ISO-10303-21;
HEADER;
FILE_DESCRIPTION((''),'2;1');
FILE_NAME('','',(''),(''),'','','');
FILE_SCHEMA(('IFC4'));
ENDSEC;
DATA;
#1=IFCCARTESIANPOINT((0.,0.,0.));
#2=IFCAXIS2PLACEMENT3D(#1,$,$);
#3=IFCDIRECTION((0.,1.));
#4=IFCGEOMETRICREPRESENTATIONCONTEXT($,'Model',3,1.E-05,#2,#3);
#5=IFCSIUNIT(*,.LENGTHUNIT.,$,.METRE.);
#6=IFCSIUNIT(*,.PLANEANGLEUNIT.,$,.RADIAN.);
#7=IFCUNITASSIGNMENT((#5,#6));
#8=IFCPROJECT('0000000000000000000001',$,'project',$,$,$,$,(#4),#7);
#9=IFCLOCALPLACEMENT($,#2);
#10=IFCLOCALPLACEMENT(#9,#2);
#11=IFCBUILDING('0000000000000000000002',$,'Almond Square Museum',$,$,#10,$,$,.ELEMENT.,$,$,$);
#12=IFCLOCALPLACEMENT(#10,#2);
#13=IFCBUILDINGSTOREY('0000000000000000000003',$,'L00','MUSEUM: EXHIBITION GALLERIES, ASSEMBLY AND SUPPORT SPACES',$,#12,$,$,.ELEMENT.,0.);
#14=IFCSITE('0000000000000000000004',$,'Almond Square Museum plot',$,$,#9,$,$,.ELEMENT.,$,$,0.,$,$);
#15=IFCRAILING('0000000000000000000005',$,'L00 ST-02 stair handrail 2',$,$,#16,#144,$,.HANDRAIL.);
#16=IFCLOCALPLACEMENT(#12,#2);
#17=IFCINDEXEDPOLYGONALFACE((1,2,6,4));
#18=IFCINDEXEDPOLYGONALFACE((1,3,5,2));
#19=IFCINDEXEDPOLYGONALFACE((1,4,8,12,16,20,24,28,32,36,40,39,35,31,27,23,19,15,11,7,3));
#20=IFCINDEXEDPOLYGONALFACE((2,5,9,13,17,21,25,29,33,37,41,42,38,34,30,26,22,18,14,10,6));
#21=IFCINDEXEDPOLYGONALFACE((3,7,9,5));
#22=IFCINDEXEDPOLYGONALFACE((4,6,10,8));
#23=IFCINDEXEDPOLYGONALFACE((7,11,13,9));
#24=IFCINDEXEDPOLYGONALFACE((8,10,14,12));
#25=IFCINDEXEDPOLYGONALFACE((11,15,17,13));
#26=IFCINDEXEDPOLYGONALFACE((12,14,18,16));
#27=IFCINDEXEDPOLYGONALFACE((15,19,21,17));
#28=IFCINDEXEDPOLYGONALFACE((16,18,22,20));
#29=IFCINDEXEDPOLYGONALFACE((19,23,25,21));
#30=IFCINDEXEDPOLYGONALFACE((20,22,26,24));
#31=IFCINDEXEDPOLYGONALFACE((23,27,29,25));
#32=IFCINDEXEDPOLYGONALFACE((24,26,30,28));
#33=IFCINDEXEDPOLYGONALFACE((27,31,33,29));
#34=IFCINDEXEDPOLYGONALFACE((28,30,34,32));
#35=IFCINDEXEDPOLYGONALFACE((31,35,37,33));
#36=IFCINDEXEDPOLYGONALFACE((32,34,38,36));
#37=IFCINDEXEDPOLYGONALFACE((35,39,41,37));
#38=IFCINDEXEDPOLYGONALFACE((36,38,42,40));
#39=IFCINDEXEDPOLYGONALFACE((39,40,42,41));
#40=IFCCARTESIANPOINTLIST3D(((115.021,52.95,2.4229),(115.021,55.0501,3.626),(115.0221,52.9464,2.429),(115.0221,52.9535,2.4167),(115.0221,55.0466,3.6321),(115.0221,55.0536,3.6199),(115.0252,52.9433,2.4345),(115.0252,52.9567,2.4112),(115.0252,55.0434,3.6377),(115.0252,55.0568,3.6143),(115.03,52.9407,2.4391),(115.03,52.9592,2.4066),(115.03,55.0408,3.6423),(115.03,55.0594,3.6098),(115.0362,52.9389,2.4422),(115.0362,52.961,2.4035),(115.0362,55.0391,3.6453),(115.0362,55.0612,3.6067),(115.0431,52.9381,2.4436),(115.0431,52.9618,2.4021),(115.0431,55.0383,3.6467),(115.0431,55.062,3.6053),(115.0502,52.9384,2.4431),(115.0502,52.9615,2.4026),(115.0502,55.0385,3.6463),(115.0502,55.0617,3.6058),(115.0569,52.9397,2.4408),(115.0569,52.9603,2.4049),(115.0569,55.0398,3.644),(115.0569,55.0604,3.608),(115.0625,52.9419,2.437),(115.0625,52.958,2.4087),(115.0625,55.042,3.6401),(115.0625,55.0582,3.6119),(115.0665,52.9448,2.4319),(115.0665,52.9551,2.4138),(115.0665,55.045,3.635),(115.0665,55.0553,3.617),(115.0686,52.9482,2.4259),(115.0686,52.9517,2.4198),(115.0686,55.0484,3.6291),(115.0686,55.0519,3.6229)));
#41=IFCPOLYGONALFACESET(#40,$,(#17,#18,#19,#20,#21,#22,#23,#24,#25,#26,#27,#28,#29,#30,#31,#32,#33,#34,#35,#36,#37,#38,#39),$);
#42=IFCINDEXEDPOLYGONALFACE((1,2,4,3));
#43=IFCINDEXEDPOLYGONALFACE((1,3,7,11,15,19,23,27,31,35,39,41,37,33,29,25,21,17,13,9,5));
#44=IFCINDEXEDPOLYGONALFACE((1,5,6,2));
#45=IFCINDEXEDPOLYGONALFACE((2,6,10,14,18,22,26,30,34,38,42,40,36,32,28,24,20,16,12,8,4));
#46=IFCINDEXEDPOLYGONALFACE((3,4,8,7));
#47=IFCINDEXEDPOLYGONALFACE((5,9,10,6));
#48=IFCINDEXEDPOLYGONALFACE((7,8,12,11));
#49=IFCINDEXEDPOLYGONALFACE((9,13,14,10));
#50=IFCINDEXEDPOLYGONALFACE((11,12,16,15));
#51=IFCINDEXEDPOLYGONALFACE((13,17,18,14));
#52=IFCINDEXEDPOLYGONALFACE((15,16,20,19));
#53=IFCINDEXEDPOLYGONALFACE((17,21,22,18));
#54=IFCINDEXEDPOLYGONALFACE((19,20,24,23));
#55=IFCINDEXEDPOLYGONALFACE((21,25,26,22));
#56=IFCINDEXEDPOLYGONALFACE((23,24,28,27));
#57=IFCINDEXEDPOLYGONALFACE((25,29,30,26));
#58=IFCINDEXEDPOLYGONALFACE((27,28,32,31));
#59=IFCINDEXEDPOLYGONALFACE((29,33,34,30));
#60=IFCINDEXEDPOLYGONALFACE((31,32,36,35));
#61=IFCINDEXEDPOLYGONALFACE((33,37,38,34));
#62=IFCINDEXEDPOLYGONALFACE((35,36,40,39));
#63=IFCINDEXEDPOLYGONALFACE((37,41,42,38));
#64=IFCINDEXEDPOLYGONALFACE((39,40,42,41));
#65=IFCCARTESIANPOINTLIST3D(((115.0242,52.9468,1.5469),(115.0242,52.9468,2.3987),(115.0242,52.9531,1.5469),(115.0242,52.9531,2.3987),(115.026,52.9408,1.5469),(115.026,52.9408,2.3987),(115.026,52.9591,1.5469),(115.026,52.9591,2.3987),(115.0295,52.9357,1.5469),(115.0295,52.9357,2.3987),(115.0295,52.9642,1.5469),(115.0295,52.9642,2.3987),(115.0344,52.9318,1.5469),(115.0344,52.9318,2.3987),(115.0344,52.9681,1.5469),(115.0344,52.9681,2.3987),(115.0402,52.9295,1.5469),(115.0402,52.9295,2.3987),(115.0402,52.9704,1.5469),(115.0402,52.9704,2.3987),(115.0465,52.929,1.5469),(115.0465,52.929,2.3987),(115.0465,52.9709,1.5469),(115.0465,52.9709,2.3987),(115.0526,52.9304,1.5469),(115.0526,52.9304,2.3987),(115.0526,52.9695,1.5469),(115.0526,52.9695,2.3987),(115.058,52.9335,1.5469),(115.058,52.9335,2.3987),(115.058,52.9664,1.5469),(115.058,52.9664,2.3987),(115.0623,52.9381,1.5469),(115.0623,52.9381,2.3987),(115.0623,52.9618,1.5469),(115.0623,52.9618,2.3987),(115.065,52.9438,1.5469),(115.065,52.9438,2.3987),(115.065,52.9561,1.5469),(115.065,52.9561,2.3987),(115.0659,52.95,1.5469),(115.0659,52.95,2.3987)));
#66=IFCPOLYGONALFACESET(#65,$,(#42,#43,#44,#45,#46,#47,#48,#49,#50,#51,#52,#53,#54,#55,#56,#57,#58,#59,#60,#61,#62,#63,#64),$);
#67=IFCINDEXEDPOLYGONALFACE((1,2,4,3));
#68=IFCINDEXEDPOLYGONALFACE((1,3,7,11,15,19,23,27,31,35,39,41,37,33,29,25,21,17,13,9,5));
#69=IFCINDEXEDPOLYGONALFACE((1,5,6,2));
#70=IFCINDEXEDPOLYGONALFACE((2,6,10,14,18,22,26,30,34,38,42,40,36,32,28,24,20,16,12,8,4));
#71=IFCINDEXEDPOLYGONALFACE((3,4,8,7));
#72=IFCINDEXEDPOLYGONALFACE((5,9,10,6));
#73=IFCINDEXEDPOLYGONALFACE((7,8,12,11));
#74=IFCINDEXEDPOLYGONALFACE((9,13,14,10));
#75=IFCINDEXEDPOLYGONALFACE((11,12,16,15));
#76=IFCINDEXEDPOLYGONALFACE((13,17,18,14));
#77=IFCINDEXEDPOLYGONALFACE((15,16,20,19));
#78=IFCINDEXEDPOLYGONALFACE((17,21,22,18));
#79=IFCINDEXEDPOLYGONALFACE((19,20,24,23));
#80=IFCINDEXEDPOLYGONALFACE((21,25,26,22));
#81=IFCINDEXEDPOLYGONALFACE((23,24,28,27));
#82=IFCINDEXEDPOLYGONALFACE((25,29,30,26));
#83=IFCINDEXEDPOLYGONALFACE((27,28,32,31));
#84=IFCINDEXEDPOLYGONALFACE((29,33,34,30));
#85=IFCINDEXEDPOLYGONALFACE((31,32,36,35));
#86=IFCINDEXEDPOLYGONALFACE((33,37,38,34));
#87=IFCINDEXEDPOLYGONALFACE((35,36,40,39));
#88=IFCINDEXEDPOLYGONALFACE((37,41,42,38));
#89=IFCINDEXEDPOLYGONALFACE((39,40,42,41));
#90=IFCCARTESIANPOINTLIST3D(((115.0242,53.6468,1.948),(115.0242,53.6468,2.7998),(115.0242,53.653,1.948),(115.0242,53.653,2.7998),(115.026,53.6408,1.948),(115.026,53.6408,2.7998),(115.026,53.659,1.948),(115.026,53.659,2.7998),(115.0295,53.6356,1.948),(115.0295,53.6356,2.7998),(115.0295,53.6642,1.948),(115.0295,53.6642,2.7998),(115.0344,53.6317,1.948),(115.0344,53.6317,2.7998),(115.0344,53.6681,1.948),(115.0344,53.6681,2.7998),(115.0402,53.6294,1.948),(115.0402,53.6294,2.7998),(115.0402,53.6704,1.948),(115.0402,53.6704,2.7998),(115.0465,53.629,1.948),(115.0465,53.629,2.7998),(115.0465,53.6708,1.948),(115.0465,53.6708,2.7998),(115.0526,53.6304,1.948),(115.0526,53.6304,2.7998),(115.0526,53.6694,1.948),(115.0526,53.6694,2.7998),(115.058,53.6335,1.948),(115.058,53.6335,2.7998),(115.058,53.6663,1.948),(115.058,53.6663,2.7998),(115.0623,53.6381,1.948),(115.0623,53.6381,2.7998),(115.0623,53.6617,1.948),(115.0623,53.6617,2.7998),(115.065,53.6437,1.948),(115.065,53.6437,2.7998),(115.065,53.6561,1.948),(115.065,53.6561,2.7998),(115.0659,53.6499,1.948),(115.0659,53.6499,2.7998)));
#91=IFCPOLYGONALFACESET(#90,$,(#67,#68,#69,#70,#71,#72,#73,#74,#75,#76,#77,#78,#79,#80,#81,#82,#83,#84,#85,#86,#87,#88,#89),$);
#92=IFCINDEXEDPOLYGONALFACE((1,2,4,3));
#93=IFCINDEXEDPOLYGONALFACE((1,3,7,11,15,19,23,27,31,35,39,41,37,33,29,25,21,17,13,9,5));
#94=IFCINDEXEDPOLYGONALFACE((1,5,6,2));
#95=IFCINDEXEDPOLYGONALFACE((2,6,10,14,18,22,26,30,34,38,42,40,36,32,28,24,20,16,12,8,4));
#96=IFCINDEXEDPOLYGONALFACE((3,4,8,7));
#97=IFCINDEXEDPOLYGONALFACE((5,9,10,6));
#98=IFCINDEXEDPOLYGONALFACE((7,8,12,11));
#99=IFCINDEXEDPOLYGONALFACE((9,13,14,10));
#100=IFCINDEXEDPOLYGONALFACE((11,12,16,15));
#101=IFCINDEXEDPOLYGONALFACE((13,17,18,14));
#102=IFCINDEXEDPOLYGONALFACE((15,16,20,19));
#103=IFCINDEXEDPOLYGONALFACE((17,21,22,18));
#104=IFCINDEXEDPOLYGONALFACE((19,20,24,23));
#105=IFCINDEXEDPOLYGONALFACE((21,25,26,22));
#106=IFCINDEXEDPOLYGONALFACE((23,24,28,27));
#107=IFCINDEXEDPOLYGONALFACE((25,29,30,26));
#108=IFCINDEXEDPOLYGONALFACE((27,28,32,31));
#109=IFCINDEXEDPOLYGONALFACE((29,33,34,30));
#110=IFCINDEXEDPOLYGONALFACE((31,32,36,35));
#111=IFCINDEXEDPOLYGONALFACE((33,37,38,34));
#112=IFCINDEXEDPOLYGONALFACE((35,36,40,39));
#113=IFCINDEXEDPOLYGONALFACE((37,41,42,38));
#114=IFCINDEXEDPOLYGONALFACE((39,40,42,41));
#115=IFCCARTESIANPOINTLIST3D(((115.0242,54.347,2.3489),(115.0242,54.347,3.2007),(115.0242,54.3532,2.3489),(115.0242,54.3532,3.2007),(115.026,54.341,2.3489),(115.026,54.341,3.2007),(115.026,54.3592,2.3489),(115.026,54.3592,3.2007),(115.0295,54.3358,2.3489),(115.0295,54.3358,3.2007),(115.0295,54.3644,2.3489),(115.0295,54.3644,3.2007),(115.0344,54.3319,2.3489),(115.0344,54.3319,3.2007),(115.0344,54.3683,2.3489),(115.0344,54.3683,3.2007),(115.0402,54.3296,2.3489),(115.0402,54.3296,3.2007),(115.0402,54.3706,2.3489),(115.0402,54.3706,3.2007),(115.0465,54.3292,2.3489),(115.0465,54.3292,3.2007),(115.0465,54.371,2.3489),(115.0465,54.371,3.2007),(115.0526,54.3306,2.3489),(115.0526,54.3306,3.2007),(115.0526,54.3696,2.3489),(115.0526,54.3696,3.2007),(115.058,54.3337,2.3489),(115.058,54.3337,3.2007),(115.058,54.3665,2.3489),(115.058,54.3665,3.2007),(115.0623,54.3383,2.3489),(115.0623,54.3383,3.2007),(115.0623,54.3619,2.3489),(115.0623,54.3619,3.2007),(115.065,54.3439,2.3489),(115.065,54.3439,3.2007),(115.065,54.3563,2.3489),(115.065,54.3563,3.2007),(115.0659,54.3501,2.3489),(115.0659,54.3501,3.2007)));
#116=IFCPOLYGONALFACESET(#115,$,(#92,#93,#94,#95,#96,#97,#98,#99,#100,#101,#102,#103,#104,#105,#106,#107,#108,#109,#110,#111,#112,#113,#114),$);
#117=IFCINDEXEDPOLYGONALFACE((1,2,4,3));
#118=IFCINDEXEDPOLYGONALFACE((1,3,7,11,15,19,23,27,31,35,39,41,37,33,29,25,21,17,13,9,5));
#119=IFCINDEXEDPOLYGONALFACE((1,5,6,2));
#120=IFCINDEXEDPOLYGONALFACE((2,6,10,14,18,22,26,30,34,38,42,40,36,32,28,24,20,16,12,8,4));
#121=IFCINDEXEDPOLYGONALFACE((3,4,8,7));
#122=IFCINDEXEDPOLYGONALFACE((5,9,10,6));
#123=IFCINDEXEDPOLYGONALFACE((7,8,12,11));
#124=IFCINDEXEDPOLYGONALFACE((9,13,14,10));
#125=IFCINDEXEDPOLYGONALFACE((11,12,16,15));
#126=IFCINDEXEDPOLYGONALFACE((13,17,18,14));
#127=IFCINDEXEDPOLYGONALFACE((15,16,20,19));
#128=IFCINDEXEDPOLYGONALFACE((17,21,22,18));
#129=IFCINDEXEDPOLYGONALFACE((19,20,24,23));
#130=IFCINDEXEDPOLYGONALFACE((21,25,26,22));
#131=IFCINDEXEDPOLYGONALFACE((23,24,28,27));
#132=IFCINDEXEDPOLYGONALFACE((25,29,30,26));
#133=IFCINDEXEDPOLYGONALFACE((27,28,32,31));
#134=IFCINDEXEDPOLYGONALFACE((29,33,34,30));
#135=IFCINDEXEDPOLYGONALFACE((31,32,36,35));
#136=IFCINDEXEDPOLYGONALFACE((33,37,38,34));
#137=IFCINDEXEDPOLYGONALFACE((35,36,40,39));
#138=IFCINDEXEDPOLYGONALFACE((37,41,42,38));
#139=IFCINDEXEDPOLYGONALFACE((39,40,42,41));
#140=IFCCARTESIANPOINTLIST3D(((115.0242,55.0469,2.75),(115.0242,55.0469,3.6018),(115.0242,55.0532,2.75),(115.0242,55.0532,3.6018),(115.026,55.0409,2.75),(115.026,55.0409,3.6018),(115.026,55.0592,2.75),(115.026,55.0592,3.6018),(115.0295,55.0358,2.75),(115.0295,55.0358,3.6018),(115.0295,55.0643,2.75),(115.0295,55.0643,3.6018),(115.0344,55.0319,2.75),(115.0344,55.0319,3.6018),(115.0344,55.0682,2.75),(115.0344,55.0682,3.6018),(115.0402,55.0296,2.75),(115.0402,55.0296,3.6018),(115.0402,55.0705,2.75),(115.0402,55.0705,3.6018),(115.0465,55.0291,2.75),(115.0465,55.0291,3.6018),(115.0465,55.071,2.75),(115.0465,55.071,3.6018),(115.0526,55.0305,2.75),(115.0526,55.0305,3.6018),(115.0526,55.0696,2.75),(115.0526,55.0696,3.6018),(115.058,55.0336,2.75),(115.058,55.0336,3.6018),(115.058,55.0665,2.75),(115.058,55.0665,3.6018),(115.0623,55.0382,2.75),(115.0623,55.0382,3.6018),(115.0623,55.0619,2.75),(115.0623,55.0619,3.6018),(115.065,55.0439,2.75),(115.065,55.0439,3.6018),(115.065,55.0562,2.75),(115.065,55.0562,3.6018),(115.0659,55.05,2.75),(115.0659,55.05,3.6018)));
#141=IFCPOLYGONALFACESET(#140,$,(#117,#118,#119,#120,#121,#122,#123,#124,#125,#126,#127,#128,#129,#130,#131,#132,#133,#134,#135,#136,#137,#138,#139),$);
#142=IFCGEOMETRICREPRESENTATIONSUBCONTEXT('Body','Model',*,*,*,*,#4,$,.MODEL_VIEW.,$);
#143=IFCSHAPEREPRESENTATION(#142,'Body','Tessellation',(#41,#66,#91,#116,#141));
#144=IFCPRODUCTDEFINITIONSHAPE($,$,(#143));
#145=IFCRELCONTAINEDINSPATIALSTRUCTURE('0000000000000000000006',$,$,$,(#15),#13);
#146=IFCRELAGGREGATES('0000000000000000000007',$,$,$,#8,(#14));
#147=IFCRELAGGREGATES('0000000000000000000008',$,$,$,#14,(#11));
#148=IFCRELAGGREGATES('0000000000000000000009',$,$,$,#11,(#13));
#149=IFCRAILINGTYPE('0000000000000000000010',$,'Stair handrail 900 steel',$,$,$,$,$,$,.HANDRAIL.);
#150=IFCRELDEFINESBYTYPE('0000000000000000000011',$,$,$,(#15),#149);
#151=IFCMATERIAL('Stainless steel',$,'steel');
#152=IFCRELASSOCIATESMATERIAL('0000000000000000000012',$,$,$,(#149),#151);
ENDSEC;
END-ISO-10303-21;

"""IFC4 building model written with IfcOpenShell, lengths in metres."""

from ifc_helpers import new_model, si_unit, direction, frame, origin, origin_2d, place, context, subcontext, project, spatial, circle, extrude, material, type_object, element, save


model = new_model("IFC4")

# Units and contexts
model_context = context("Model", 3, precision=1e-05, world=origin(), true_north=direction((0.0, 1.0)))
body_context = subcontext(model_context, "Body", "Model", "MODEL_VIEW")
ifc_project = project(units=[si_unit("LENGTHUNIT", "METRE"), si_unit("PLANEANGLEUNIT", "RADIAN")], contexts=[model_context])

# Site, building, storey
site_placement = place(None, origin())
site = spatial("IfcSite", under=ifc_project, at=site_placement, Name="Almond Square Museum plot", CompositionType="ELEMENT", RefElevation=0.0)
building_placement = place(site_placement, origin())
building = spatial("IfcBuilding", under=site, at=building_placement, Name="Almond Square Museum", CompositionType="ELEMENT")
storey_placement = place(building_placement, origin())
storey = spatial("IfcBuildingStorey", under=building, at=storey_placement, Name="L00", Description="MUSEUM: EXHIBITION GALLERIES, ASSEMBLY AND SUPPORT SPACES", CompositionType="ELEMENT", Elevation=0.0)

# Railing
ifc_material_1 = material(Name="Stainless steel", Category="steel")
railing_type_1 = type_object("IfcRailingType", Name="Stair handrail 900 steel", PredefinedType="HANDRAIL", material=ifc_material_1)
railing_1_placement = place(storey_placement, frame((115.0449, 52.95, 1.5469)))
element("IfcRailing", 1, at=railing_1_placement, inside=storey, type_object=railing_type_1, Name="L00 ST-02 stair handrail 2", PredefinedType="HANDRAIL", context=body_context, shape_type="SweptSolid", body=[
    extrude(circle(Radius=0.0239, at=origin_2d()), frame((0.0, 0.0, 0.876), z_axis=(0.0, 0.867696, 0.497095), x_axis=(-1.0, 0.0, 0.0)), (0.0, 0.0, 1.0), 2.4204),
    extrude(circle(Radius=0.021, at=origin_2d()), origin(), (0.0, 0.0, 1.0), 0.8518),
    extrude(circle(Radius=0.021, at=origin_2d()), frame((0.0, 0.7, 0.4011)), (0.0, 0.0, 1.0), 0.8518),
    extrude(circle(Radius=0.021, at=origin_2d()), frame((0.0, 1.4001, 0.802)), (0.0, 0.0, 1.0), 0.8518),
    extrude(circle(Radius=0.021, at=origin_2d()), frame((0.0, 2.1001, 1.2031)), (0.0, 0.0, 1.0), 0.8518),
])

save(model, "model.ifc")
